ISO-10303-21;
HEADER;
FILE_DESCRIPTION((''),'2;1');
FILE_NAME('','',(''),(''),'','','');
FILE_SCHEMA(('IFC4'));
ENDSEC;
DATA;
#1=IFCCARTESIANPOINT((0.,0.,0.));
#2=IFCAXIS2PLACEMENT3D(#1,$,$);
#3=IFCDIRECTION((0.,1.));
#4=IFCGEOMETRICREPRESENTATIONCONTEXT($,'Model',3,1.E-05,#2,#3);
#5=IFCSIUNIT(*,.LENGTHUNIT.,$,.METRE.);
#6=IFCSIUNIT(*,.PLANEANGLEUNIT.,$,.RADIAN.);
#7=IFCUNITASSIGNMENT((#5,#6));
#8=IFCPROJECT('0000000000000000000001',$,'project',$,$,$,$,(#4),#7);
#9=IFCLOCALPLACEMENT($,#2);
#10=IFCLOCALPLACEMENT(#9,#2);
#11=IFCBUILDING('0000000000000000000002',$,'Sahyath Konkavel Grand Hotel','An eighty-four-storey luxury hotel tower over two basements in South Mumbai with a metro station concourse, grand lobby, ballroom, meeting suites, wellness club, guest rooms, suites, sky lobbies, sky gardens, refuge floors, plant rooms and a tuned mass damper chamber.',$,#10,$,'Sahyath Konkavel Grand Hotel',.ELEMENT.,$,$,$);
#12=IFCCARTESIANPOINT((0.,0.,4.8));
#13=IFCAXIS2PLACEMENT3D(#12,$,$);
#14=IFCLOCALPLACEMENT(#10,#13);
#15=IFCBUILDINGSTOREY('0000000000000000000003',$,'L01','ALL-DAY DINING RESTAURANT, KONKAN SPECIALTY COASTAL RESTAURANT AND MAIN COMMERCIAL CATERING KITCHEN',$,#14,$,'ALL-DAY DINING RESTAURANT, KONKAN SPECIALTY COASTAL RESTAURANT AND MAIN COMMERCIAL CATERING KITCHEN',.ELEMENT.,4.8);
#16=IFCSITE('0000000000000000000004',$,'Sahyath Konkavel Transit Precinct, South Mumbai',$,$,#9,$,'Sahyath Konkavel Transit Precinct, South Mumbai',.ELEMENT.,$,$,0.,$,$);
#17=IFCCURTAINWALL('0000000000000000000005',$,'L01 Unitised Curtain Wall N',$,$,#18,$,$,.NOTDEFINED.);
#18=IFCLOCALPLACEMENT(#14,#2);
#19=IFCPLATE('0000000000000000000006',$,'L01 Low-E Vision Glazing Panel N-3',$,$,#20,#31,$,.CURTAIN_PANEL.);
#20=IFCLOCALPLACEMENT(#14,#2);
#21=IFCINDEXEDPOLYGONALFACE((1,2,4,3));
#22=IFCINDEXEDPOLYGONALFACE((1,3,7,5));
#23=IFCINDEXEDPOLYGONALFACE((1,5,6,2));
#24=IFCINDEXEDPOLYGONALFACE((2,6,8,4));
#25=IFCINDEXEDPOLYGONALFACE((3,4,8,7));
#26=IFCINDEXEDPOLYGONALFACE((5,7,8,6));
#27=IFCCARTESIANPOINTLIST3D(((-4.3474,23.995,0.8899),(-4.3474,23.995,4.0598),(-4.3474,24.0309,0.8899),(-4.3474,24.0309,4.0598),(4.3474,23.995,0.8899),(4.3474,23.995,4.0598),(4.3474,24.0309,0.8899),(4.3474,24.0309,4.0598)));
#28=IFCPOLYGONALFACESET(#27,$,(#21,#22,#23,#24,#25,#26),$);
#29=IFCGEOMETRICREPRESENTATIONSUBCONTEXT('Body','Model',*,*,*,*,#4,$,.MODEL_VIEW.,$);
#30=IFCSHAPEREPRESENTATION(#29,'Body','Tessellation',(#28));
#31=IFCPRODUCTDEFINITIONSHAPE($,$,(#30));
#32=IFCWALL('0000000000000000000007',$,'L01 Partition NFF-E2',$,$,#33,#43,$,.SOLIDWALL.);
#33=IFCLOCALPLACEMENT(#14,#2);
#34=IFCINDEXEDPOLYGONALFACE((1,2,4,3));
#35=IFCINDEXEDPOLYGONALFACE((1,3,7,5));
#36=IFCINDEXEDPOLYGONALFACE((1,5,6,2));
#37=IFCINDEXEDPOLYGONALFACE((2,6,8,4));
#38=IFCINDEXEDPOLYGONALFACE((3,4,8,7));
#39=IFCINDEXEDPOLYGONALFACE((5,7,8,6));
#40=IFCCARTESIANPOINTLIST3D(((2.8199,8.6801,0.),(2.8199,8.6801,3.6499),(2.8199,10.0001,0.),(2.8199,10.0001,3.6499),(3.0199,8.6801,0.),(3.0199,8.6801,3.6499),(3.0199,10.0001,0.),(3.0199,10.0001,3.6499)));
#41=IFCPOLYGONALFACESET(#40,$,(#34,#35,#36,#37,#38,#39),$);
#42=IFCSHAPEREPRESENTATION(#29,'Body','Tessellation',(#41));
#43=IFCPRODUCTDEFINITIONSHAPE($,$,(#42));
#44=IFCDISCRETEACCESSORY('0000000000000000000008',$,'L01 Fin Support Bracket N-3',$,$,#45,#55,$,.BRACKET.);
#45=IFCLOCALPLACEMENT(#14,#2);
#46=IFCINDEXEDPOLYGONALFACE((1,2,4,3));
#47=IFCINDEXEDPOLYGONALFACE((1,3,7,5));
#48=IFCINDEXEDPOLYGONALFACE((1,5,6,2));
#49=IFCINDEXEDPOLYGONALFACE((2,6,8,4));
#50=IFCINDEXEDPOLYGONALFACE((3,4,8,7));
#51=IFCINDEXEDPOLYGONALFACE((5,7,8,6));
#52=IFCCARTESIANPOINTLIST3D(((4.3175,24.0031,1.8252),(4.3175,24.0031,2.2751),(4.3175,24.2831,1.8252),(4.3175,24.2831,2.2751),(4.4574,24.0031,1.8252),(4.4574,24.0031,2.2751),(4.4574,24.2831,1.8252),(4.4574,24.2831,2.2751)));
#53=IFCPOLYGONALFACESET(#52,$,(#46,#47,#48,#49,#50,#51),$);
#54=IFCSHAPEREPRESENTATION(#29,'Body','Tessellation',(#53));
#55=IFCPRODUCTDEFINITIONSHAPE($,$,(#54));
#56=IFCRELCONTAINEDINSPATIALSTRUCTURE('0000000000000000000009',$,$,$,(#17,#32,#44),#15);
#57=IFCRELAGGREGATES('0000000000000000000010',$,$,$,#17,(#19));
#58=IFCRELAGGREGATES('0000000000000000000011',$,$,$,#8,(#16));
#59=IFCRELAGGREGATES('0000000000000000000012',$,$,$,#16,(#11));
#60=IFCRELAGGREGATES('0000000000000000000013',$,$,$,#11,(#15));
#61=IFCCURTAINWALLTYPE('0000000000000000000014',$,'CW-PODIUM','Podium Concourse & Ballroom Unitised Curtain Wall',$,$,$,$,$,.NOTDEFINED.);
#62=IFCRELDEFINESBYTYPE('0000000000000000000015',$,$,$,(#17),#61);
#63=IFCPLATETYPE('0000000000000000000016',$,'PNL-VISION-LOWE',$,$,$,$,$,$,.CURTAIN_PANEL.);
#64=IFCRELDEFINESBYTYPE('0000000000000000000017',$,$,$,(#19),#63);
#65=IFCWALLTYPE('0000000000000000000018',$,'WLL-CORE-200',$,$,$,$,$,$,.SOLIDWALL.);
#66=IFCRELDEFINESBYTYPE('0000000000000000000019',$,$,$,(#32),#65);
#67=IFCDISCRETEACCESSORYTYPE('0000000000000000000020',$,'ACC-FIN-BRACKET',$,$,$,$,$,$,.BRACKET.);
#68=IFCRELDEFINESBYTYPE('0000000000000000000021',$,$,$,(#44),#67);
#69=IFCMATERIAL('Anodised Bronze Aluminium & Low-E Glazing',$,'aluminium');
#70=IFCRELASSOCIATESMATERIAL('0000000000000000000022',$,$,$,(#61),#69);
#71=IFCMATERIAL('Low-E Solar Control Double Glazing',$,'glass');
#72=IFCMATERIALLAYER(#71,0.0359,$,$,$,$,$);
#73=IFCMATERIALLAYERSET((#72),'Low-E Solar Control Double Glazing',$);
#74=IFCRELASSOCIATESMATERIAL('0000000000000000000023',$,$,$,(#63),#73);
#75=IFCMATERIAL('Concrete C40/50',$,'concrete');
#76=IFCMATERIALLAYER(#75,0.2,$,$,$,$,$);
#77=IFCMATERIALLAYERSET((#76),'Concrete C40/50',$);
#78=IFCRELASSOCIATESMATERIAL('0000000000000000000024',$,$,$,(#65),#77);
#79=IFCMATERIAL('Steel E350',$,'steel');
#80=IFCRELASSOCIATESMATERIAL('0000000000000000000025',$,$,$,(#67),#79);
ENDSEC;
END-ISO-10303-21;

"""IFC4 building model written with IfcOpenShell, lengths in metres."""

from ifc_helpers import new_model, si_unit, direction, frame, frame_2d, origin, origin_2d, place, context, subcontext, project, spatial, rectangle, extrude, source, transform, mapped, material, layer, layer_set, type_object, element, aggregate, save


model = new_model("IFC4")

# Units and contexts
model_context = context("Model", 3, precision=1e-05, world=origin(), true_north=direction((0.0, 1.0)))
body_context = subcontext(model_context, "Body", "Model", "MODEL_VIEW")
ifc_project = project(units=[si_unit("LENGTHUNIT", "METRE"), si_unit("PLANEANGLEUNIT", "RADIAN")], contexts=[model_context])

# Site, building, storey
site_placement = place(None, origin())
site = spatial("IfcSite", under=ifc_project, at=site_placement, Name="Sahyath Konkavel Transit Precinct, South Mumbai", LongName="Sahyath Konkavel Transit Precinct, South Mumbai", CompositionType="ELEMENT", RefElevation=0.0)
building_placement = place(site_placement, origin())
building = spatial("IfcBuilding", under=site, at=building_placement, Name="Sahyath Konkavel Grand Hotel", Description="An eighty-four-storey luxury hotel tower over two basements in South Mumbai with a metro station concourse, grand lobby, ballroom, meeting suites, wellness club, guest rooms, suites, sky lobbies, sky gardens, refuge floors, plant rooms and a tuned mass damper chamber.", LongName="Sahyath Konkavel Grand Hotel", CompositionType="ELEMENT")
storey_placement = place(building_placement, frame((0.0, 0.0, 4.8)))
storey = spatial("IfcBuildingStorey", under=building, at=storey_placement, Name="L01", Description="ALL-DAY DINING RESTAURANT, KONKAN SPECIALTY COASTAL RESTAURANT AND MAIN COMMERCIAL CATERING KITCHEN", LongName="ALL-DAY DINING RESTAURANT, KONKAN SPECIALTY COASTAL RESTAURANT AND MAIN COMMERCIAL CATERING KITCHEN", CompositionType="ELEMENT", Elevation=4.8)

# Shared definitions
ifc_material_1 = material(Name="Steel E350", Category="steel")

# Curtain wall
ifc_material_2 = material(Name="Anodised Bronze Aluminium & Low-E Glazing", Category="aluminium")
curtain_wall_type = type_object("IfcCurtainWallType", Name="CW-PODIUM", Description="Podium Concourse & Ballroom Unitised Curtain Wall", PredefinedType="NOTDEFINED", material=ifc_material_2)
curtain_wall_placement = place(storey_placement, origin())
curtain_wall = element("IfcCurtainWall", 1, at=curtain_wall_placement, inside=storey, type_object=curtain_wall_type, Name="L01 Unitised Curtain Wall N", PredefinedType="NOTDEFINED")

# Plate
ifc_material_3 = material(Name="Low-E Solar Control Double Glazing", Category="glass")
ifc_layer_1 = layer(ifc_material_3, 0.0359)
ifc_layer_set_1 = layer_set([ifc_layer_1], Name="Low-E Solar Control Double Glazing")
plate_type_1 = type_object("IfcPlateType", Name="PNL-VISION-LOWE", PredefinedType="CURTAIN_PANEL", material=ifc_layer_set_1)
shared_shape_1 = source(origin(), body_context, "Body", "SweptSolid", [
    extrude(rectangle(XDim=8.6948, YDim=0.0359, at=origin_2d()), origin(), (0.0, 0.0, 1.0), 3.1699),
])
plate_1_placement = place(storey_placement, frame((0.0, 24.0129, 0.8899), z_axis=(0.0, 0.0, 1.0), x_axis=(-1.0, 0.0, 0.0)))
plate_1 = element("IfcPlate", 2, at=plate_1_placement, type_object=plate_type_1, Name="L01 Low-E Vision Glazing Panel N-3", PredefinedType="CURTAIN_PANEL", context=body_context, shape_type="MappedRepresentation", body=[
    mapped(shared_shape_1, transform((0.0, 0.0, 0.0), scale=1.0)),
])
aggregate(curtain_wall, [plate_1])

# Shared definitions
ifc_material_4 = material(Name="Concrete C40/50", Category="concrete")
ifc_layer_2 = layer(ifc_material_4, 0.2)
ifc_layer_set_2 = layer_set([ifc_layer_2], Name="Concrete C40/50")
wall_type = type_object("IfcWallType", Name="WLL-CORE-200", PredefinedType="SOLIDWALL", material=ifc_layer_set_2)

# Wall
wall_1_placement = place(storey_placement, frame((2.9199, 8.6799, 0.0), z_axis=(0.0, 0.0, 1.0), x_axis=(0.0, 1.0, 0.0)))
element("IfcWall", 3, at=wall_1_placement, inside=storey, type_object=wall_type, Name="L01 Partition NFF-E2", PredefinedType="SOLIDWALL", context=body_context, shape_type="SweptSolid", body=[
    extrude(rectangle(XDim=1.3201, YDim=0.2, at=frame_2d((0.6602, 0.0))), origin(), (0.0, 0.0, 1.0), 3.6499),
])

# Discrete accessory
discrete_accessory_type = type_object("IfcDiscreteAccessoryType", Name="ACC-FIN-BRACKET", PredefinedType="BRACKET", material=ifc_material_1)
shared_shape_2 = source(origin(), body_context, "Body", "SweptSolid", [
    extrude(rectangle(XDim=0.28, YDim=0.1399, at=origin_2d()), origin(), (0.0, 0.0, 1.0), 0.45),
])
discrete_accessory_placement = place(storey_placement, frame((4.3875, 24.1431, 1.8252), z_axis=(0.0, 0.0, 1.0), x_axis=(0.0, 1.0, 0.0)))
element("IfcDiscreteAccessory", 4, at=discrete_accessory_placement, inside=storey, type_object=discrete_accessory_type, Name="L01 Fin Support Bracket N-3", PredefinedType="BRACKET", context=body_context, shape_type="MappedRepresentation", body=[
    mapped(shared_shape_2, transform((0.0, 0.0, 0.0), scale=1.0)),
])

save(model, "model.ifc")
